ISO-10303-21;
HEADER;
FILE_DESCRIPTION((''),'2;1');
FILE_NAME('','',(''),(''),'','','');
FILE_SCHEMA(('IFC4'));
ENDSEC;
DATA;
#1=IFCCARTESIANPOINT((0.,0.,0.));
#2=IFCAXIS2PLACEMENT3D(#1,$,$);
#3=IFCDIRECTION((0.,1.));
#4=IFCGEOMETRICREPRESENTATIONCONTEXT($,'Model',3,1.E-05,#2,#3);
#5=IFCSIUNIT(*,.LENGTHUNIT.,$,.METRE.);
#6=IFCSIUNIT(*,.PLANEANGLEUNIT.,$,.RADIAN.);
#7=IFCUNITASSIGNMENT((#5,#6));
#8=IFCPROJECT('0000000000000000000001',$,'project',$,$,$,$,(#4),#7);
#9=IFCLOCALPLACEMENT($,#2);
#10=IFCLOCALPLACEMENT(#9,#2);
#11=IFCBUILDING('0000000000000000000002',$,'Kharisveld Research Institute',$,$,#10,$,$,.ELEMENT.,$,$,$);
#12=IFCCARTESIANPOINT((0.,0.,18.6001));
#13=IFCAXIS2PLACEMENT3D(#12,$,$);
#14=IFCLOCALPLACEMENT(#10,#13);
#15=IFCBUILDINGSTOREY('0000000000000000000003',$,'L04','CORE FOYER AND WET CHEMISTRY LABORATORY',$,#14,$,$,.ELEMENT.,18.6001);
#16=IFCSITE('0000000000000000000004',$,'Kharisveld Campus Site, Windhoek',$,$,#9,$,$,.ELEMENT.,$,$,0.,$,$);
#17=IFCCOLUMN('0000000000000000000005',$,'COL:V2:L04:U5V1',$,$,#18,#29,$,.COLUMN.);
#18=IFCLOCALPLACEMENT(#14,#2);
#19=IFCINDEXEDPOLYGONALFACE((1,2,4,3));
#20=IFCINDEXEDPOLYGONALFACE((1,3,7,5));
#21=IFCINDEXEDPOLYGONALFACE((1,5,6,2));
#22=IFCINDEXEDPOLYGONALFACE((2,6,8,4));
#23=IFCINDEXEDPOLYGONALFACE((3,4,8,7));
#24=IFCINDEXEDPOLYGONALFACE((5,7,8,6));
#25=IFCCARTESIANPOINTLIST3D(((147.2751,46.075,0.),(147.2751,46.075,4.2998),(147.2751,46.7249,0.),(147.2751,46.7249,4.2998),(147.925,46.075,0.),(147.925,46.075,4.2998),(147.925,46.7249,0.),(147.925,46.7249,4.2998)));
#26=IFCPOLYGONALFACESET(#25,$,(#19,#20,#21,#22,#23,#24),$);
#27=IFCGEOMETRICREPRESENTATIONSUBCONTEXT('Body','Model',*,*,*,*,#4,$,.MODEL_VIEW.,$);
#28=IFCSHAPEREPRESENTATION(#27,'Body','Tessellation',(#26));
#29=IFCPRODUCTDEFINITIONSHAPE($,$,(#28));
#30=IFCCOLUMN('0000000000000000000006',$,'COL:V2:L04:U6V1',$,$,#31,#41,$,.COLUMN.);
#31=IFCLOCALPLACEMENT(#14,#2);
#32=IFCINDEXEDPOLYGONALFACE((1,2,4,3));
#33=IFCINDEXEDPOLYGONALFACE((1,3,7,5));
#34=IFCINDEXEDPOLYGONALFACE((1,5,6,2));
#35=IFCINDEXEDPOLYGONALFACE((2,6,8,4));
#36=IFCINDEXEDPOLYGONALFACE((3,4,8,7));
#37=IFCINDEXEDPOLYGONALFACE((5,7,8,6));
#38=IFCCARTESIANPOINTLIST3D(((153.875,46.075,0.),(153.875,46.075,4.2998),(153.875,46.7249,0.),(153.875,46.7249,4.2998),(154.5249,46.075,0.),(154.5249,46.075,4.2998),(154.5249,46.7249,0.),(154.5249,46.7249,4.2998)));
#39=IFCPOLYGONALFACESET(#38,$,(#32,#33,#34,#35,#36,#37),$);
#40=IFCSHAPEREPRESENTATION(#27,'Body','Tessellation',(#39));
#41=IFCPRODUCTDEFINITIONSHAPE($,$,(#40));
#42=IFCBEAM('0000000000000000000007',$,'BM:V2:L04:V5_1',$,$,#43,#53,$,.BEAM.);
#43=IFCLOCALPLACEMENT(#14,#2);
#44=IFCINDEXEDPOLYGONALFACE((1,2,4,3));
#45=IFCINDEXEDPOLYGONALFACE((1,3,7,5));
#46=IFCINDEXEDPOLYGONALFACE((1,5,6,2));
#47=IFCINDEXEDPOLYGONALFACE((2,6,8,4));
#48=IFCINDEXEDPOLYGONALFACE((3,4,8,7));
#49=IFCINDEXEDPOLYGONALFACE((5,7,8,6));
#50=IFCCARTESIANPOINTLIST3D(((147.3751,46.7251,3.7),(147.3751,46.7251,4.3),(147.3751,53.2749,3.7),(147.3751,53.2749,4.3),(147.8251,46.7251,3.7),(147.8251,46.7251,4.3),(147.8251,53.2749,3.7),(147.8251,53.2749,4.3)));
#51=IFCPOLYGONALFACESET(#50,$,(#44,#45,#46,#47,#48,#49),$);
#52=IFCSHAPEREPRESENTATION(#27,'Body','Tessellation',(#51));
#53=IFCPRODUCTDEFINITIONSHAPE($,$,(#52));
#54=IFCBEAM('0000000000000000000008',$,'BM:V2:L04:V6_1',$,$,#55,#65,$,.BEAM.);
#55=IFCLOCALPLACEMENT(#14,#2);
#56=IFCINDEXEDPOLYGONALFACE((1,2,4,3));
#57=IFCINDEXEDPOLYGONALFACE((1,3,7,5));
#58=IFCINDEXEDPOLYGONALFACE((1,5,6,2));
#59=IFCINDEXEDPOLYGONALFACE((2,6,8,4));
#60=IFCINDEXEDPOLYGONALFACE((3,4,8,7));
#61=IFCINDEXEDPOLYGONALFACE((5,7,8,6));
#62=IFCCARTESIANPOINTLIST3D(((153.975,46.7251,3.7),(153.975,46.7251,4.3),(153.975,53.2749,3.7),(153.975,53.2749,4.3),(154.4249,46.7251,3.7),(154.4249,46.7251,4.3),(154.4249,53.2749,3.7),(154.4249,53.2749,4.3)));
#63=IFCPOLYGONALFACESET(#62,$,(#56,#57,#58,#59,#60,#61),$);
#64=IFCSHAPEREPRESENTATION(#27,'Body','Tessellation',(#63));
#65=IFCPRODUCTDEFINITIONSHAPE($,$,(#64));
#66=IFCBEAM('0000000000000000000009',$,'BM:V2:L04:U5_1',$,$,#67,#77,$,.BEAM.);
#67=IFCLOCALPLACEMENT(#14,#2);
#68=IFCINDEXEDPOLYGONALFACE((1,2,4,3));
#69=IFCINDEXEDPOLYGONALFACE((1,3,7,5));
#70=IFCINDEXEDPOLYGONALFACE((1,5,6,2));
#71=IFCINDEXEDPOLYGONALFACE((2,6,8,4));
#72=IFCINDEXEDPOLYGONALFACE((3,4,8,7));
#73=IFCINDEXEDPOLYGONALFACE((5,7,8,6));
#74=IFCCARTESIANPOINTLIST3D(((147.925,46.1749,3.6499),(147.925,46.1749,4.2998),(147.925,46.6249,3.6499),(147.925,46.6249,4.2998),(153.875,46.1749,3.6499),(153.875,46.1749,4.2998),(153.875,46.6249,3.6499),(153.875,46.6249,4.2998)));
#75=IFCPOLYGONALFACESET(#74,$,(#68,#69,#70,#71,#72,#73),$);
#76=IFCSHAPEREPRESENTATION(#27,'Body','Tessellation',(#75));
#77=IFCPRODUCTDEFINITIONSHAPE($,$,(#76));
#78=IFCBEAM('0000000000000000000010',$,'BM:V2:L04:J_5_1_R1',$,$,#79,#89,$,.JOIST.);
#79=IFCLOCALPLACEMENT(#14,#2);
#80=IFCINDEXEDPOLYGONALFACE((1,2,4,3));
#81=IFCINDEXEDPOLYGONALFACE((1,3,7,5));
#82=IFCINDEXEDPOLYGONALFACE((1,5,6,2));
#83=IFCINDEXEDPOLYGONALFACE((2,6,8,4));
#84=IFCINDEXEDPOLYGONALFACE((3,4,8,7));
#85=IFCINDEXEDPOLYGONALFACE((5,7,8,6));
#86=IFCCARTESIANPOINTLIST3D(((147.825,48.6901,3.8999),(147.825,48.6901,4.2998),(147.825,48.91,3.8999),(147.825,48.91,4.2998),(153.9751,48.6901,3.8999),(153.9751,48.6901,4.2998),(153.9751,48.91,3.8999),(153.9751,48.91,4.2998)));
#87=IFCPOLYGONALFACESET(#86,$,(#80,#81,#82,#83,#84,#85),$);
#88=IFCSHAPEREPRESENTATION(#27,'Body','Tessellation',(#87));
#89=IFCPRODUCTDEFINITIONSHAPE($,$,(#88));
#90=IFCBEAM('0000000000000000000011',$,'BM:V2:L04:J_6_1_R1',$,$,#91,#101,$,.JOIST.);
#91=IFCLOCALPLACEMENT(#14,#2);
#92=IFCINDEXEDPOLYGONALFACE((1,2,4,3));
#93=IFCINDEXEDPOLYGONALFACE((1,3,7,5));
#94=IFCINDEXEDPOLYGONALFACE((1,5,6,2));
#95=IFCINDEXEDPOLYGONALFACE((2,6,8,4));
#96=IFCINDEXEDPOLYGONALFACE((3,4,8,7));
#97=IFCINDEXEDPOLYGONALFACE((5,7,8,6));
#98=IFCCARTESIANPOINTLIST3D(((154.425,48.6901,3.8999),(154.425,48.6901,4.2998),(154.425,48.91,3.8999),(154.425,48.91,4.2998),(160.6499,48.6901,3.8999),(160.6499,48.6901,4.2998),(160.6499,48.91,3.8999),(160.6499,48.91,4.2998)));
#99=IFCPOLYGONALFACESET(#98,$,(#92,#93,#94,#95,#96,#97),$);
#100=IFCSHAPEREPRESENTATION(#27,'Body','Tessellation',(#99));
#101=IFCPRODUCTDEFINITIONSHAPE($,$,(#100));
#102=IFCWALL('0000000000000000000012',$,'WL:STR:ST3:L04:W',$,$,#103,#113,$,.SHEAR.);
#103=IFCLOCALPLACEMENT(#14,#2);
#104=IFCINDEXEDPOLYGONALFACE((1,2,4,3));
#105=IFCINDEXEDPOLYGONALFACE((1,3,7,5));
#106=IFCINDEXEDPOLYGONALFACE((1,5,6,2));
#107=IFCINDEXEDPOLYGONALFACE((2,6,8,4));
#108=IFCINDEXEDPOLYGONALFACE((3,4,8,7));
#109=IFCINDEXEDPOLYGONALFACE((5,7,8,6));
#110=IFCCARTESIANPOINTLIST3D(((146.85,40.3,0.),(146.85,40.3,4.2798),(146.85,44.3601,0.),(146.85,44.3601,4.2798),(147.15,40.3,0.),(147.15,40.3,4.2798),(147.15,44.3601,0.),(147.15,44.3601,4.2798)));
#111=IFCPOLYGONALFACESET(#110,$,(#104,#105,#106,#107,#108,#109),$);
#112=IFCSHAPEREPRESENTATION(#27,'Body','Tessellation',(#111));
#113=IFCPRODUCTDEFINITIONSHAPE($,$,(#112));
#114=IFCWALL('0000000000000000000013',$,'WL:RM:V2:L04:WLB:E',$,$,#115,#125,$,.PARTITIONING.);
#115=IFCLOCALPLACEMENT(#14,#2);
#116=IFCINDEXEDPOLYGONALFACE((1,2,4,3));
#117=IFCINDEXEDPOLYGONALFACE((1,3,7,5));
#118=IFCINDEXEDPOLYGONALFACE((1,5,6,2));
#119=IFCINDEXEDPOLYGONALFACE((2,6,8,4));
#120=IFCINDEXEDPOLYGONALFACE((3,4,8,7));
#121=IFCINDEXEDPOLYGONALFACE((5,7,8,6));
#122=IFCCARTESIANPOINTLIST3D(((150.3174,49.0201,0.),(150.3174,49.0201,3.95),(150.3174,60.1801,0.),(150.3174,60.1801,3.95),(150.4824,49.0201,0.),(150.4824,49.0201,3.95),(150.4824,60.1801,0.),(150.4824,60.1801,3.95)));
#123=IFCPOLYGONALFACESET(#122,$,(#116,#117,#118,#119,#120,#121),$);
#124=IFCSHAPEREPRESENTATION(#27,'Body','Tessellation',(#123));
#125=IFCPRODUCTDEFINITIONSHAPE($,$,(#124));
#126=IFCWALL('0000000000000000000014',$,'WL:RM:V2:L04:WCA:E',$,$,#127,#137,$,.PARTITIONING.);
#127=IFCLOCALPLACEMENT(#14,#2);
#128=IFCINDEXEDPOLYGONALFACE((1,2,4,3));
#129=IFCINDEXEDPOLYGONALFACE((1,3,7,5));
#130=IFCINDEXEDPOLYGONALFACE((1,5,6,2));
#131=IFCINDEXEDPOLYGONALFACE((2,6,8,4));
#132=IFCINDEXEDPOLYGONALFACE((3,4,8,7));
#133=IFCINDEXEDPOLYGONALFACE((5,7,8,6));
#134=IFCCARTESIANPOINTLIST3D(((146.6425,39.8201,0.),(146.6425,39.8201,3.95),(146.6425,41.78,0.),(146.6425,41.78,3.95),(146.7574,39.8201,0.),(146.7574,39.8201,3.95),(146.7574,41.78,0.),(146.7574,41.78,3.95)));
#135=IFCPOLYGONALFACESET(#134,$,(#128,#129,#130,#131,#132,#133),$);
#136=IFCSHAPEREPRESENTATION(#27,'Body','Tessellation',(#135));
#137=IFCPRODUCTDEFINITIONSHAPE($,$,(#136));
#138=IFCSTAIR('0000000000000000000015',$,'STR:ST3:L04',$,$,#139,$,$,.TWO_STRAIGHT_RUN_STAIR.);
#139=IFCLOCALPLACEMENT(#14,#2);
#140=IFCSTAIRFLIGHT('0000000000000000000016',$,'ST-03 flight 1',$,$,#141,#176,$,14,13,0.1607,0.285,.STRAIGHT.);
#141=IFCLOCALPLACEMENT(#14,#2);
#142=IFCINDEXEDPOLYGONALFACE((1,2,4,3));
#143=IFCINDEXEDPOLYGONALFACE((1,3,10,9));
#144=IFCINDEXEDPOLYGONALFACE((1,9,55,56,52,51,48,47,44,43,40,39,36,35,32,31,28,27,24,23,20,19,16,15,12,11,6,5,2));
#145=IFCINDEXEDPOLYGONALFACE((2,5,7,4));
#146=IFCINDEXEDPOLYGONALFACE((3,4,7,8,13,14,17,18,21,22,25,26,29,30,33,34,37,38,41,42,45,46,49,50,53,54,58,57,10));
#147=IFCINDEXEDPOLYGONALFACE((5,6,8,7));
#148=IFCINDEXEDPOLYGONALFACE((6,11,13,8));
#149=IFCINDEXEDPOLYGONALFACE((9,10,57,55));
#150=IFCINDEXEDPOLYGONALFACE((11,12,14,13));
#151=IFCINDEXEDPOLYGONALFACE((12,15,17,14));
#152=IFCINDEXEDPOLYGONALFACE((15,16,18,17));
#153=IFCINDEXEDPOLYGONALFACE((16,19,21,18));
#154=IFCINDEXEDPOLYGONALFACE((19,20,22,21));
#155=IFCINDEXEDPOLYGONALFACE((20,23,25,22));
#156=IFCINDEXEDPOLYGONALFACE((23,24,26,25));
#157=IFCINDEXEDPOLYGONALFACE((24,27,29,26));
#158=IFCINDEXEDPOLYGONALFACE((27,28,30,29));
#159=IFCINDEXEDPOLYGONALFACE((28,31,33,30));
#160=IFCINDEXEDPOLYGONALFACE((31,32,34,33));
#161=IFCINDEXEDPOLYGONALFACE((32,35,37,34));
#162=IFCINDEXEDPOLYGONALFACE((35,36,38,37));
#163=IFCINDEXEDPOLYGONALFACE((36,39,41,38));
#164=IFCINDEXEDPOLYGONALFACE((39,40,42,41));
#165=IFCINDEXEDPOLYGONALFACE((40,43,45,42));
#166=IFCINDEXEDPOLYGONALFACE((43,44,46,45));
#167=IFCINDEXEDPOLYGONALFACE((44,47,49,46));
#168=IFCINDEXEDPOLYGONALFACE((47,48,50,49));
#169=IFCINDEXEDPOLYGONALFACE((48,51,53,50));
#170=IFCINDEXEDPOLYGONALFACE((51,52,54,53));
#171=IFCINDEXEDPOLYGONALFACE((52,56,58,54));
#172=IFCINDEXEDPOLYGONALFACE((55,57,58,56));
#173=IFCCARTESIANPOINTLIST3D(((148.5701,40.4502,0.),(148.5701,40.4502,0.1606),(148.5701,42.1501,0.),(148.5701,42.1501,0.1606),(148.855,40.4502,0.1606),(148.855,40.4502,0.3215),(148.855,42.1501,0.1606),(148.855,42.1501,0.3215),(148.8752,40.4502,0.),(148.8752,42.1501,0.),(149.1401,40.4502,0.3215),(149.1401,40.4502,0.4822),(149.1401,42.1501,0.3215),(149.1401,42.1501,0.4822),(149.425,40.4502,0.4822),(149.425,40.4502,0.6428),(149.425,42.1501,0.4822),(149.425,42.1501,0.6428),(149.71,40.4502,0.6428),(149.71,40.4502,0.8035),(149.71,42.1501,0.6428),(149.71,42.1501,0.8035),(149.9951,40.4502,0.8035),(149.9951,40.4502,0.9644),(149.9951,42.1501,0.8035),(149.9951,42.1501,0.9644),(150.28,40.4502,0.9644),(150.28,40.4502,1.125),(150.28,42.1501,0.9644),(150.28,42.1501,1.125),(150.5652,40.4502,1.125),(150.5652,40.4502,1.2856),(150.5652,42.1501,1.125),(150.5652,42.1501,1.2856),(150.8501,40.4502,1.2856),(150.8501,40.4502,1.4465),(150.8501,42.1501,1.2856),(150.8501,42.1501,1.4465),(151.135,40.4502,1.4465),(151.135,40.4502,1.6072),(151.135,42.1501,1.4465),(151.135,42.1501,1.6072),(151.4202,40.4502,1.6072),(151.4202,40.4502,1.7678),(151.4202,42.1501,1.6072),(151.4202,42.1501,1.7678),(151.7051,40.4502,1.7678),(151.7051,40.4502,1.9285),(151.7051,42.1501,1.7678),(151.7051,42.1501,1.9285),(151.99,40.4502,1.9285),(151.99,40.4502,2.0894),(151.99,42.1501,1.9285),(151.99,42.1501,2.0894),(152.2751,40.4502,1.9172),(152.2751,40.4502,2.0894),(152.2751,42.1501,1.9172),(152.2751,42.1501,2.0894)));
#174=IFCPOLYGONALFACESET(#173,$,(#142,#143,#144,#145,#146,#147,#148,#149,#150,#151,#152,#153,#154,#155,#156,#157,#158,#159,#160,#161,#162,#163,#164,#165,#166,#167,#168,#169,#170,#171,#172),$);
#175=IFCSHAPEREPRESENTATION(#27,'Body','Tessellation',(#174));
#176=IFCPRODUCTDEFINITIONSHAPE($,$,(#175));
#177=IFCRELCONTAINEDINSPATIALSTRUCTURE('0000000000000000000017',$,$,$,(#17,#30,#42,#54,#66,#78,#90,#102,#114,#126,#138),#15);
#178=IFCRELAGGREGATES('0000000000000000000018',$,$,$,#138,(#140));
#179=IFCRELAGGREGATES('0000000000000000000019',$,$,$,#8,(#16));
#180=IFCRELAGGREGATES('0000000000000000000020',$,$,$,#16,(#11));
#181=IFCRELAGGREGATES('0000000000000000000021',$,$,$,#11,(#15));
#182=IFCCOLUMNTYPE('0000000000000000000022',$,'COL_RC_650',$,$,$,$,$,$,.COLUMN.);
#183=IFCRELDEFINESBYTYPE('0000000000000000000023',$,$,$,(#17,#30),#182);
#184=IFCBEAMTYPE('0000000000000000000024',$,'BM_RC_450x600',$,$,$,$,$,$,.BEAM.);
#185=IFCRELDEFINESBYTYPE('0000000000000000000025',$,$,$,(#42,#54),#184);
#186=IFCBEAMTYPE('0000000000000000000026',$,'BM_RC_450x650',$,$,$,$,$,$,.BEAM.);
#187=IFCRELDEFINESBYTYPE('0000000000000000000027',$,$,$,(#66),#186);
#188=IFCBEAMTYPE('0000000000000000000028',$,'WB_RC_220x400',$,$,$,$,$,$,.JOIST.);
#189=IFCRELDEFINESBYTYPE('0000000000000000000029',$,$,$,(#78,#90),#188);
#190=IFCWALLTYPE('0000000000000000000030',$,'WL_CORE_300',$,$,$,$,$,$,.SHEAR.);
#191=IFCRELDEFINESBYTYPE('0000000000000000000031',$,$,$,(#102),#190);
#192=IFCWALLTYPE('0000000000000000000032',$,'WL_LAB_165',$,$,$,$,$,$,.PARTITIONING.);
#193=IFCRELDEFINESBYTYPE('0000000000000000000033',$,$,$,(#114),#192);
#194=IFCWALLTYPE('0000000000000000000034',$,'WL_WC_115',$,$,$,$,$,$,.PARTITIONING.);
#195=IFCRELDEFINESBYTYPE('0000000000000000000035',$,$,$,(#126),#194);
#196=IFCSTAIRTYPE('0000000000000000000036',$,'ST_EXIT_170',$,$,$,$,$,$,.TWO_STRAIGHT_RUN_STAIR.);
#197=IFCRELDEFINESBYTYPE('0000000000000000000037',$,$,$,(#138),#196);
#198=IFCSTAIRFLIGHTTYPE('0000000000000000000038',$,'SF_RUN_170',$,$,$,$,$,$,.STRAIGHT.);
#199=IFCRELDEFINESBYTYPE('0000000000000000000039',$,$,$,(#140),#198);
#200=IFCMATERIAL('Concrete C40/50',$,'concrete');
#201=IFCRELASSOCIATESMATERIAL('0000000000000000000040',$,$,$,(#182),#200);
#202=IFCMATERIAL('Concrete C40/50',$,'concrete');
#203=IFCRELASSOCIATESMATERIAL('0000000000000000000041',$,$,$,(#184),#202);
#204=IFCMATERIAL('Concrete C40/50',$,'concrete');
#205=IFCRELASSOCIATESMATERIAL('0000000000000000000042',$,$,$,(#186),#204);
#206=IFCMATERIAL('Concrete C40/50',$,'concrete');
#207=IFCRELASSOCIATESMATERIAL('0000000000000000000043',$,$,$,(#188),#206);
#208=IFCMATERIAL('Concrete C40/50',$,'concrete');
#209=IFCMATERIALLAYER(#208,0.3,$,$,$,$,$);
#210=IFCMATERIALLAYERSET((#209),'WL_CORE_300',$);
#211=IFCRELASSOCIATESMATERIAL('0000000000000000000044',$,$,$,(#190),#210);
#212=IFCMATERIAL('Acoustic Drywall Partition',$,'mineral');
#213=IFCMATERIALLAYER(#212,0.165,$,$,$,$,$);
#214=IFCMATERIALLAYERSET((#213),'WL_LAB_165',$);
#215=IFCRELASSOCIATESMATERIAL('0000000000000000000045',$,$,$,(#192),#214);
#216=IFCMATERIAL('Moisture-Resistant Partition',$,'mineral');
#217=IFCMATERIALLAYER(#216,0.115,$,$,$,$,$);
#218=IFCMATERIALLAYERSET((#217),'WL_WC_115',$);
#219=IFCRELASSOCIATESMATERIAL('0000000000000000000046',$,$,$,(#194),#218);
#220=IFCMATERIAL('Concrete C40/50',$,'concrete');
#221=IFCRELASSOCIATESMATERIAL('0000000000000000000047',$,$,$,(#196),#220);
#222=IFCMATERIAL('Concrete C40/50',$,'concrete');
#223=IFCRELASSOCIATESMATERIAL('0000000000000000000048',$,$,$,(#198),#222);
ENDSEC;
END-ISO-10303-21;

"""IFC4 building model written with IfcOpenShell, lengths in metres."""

from ifc_helpers import new_model, si_unit, direction, frame, frame_2d, origin, origin_2d, place, context, subcontext, project, spatial, polyline, rectangle, outline, extrude, material, layer, layer_set, material_profile, profile_set, type_object, element, aggregate, save


model = new_model("IFC4")

# Units and contexts
model_context = context("Model", 3, precision=1e-05, world=origin(), true_north=direction((0.0, 1.0)))
body_context = subcontext(model_context, "Body", "Model", "MODEL_VIEW")
ifc_project = project(units=[si_unit("LENGTHUNIT", "METRE"), si_unit("PLANEANGLEUNIT", "RADIAN")], contexts=[model_context])

# Site, building, storey
site_placement = place(None, origin())
site = spatial("IfcSite", under=ifc_project, at=site_placement, Name="Kharisveld Campus Site, Windhoek", CompositionType="ELEMENT", RefElevation=0.0)
building_placement = place(site_placement, origin())
building = spatial("IfcBuilding", under=site, at=building_placement, Name="Kharisveld Research Institute", CompositionType="ELEMENT")
storey_placement = place(building_placement, frame((0.0, 0.0, 18.6001)))
storey = spatial("IfcBuildingStorey", under=building, at=storey_placement, Name="L04", Description="CORE FOYER AND WET CHEMISTRY LABORATORY", CompositionType="ELEMENT", Elevation=18.6001)

# Columns
ifc_material_1 = material(Name="Concrete C40/50", Category="concrete")
ifc_material_profile_1 = material_profile(ifc_material_1, rectangle(XDim=0.6499, YDim=0.6499, at=origin_2d()))
ifc_profile_set_1 = profile_set([ifc_material_profile_1], Name="Concrete C40/50")
column_type = type_object("IfcColumnType", Name="COL_RC_650", PredefinedType="COLUMN", material=ifc_profile_set_1)
for number, where, z_axis, x_axis, name in (
    (1, (147.6001, 46.3999, 0.0), (0.0, 0.0, 1.0), (1.0, 0.0, 0.0), "COL:V2:L04:U5V1"),
    (2, (154.2, 46.3999, 0.0), (0.0, 0.0, 1.0), (1.0, 0.0, 0.0), "COL:V2:L04:U6V1"),
):
    element("IfcColumn", number, at=place(storey_placement, frame(where, z_axis=z_axis, x_axis=x_axis)), inside=storey, type_object=column_type, Name=name, PredefinedType="COLUMN", context=body_context, shape_type="SweptSolid", body=[
        extrude(rectangle(XDim=0.6499, YDim=0.6499, at=origin_2d()), origin(), (0.0, 0.0, 1.0), 4.2998),
    ])

# Beams
ifc_material_2 = material(Name="Concrete C40/50", Category="concrete")
ifc_material_profile_2 = material_profile(ifc_material_2, rectangle(XDim=0.45, YDim=0.6001, at=origin_2d()))
ifc_profile_set_2 = profile_set([ifc_material_profile_2], Name="Concrete C40/50")
beam_type_1 = type_object("IfcBeamType", Name="BM_RC_450x600", PredefinedType="BEAM", material=ifc_profile_set_2)
for number, where, z_axis, x_axis, name in (
    (3, (147.6001, 46.7251, 4.0), (0.0, 1.0, 0.0), (-1.0, 0.0, 0.0), "BM:V2:L04:V5_1"),
    (4, (154.2, 46.7251, 4.0), (0.0, 1.0, 0.0), (-1.0, 0.0, 0.0), "BM:V2:L04:V6_1"),
):
    element("IfcBeam", number, at=place(storey_placement, frame(where, z_axis=z_axis, x_axis=x_axis)), inside=storey, type_object=beam_type_1, Name=name, PredefinedType="BEAM", context=body_context, shape_type="SweptSolid", body=[
        extrude(rectangle(XDim=0.45, YDim=0.6001, at=origin_2d()), origin(), (0.0, 0.0, 1.0), 6.5498),
    ])
ifc_material_3 = material(Name="Concrete C40/50", Category="concrete")
ifc_material_profile_3 = material_profile(ifc_material_3, rectangle(XDim=0.45, YDim=0.6499, at=origin_2d()))
ifc_profile_set_3 = profile_set([ifc_material_profile_3], Name="Concrete C40/50")
beam_type_2 = type_object("IfcBeamType", Name="BM_RC_450x650", PredefinedType="BEAM", material=ifc_profile_set_3)
beam_1_placement = place(storey_placement, frame((147.925, 46.3999, 3.9749), z_axis=(1.0, 0.0, 0.0), x_axis=(0.0, 1.0, 0.0)))
element("IfcBeam", 5, at=beam_1_placement, inside=storey, type_object=beam_type_2, Name="BM:V2:L04:U5_1", PredefinedType="BEAM", context=body_context, shape_type="SweptSolid", body=[
    extrude(rectangle(XDim=0.45, YDim=0.6499, at=origin_2d()), origin(), (0.0, 0.0, 1.0), 5.95),
])
ifc_material_4 = material(Name="Concrete C40/50", Category="concrete")
ifc_material_profile_4 = material_profile(ifc_material_4, rectangle(XDim=0.22, YDim=0.3999, at=origin_2d()))
ifc_profile_set_4 = profile_set([ifc_material_profile_4], Name="Concrete C40/50")
beam_type_3 = type_object("IfcBeamType", Name="WB_RC_220x400", PredefinedType="JOIST", material=ifc_profile_set_4)
beam_2_placement = place(storey_placement, frame((147.825, 48.8, 4.0999), z_axis=(1.0, 0.0, 0.0), x_axis=(0.0, 1.0, 0.0)))
element("IfcBeam", 6, at=beam_2_placement, inside=storey, type_object=beam_type_3, Name="BM:V2:L04:J_5_1_R1", PredefinedType="JOIST", context=body_context, shape_type="SweptSolid", body=[
    extrude(rectangle(XDim=0.22, YDim=0.3999, at=origin_2d()), origin(), (0.0, 0.0, 1.0), 6.1501),
])
beam_3_placement = place(storey_placement, frame((154.425, 48.8, 4.0999), z_axis=(1.0, 0.0, 0.0), x_axis=(0.0, 1.0, 0.0)))
element("IfcBeam", 7, at=beam_3_placement, inside=storey, type_object=beam_type_3, Name="BM:V2:L04:J_6_1_R1", PredefinedType="JOIST", context=body_context, shape_type="SweptSolid", body=[
    extrude(rectangle(XDim=0.22, YDim=0.3999, at=origin_2d()), origin(), (0.0, 0.0, 1.0), 6.2249),
])

# Wall
ifc_material_5 = material(Name="Concrete C40/50", Category="concrete")
ifc_layer_1 = layer(ifc_material_5, 0.3)
ifc_layer_set_1 = layer_set([ifc_layer_1], Name="WL_CORE_300")
wall_type_1 = type_object("IfcWallType", Name="WL_CORE_300", PredefinedType="SHEAR", material=ifc_layer_set_1)
wall_1_placement = place(storey_placement, frame((147.0, 40.3, 0.0), z_axis=(0.0, 0.0, 1.0), x_axis=(0.0, 1.0, 0.0)))
element("IfcWall", 8, at=wall_1_placement, inside=storey, type_object=wall_type_1, Name="WL:STR:ST3:L04:W", PredefinedType="SHEAR", context=body_context, shape_type="SweptSolid", body=[
    extrude(rectangle(XDim=4.0601, YDim=0.3, at=frame_2d((2.03, 0.0))), origin(), (0.0, 0.0, 1.0), 4.2798),
])

# Wall
ifc_material_6 = material(Name="Acoustic Drywall Partition", Category="mineral")
ifc_layer_2 = layer(ifc_material_6, 0.165)
ifc_layer_set_2 = layer_set([ifc_layer_2], Name="WL_LAB_165")
wall_type_2 = type_object("IfcWallType", Name="WL_LAB_165", PredefinedType="PARTITIONING", material=ifc_layer_set_2)
wall_2_placement = place(storey_placement, frame((150.3999, 49.02, 0.0), z_axis=(0.0, 0.0, 1.0), x_axis=(0.0, 1.0, 0.0)))
element("IfcWall", 9, at=wall_2_placement, inside=storey, type_object=wall_type_2, Name="WL:RM:V2:L04:WLB:E", PredefinedType="PARTITIONING", context=body_context, shape_type="SweptSolid", body=[
    extrude(rectangle(XDim=11.1599, YDim=0.165, at=frame_2d((5.5801, 0.0))), origin(), (0.0, 0.0, 1.0), 3.95),
])

# Wall
ifc_material_7 = material(Name="Moisture-Resistant Partition", Category="mineral")
ifc_layer_3 = layer(ifc_material_7, 0.115)
ifc_layer_set_3 = layer_set([ifc_layer_3], Name="WL_WC_115")
wall_type_3 = type_object("IfcWallType", Name="WL_WC_115", PredefinedType="PARTITIONING", material=ifc_layer_set_3)
wall_3_placement = place(storey_placement, frame((146.7, 39.8201, 0.0), z_axis=(0.0, 0.0, 1.0), x_axis=(0.0, 1.0, 0.0)))
element("IfcWall", 10, at=wall_3_placement, inside=storey, type_object=wall_type_3, Name="WL:RM:V2:L04:WCA:E", PredefinedType="PARTITIONING", context=body_context, shape_type="SweptSolid", body=[
    extrude(rectangle(XDim=1.96, YDim=0.115, at=frame_2d((0.98, 0.0))), origin(), (0.0, 0.0, 1.0), 3.95),
])

# Stair, stair flight
ifc_material_8 = material(Name="Concrete C40/50", Category="concrete")
stair_type = type_object("IfcStairType", Name="ST_EXIT_170", PredefinedType="TWO_STRAIGHT_RUN_STAIR", material=ifc_material_8)
stair_placement = place(storey_placement, origin())
stair = element("IfcStair", 11, at=stair_placement, inside=storey, type_object=stair_type, Name="STR:ST3:L04", PredefinedType="TWO_STRAIGHT_RUN_STAIR")
ifc_material_9 = material(Name="Concrete C40/50", Category="concrete")
stair_flight_type = type_object("IfcStairFlightType", Name="SF_RUN_170", PredefinedType="STRAIGHT", material=ifc_material_9)
stair_flight_1_placement = place(storey_placement, frame((148.5701, 41.3, 0.0), z_axis=(0.0, 0.0, 1.0), x_axis=(1.0, 0.0, 0.0)))
stair_flight_1 = element("IfcStairFlight", 12, at=stair_flight_1_placement, type_object=stair_flight_type, Name="ST-03 flight 1", NumberOfRisers=14, NumberOfTreads=13, PredefinedType="STRAIGHT", RiserHeight=0.1607, TreadLength=0.285, context=body_context, shape_type="SweptSolid", body=[
    extrude(outline(polyline([(0.0, 0.0), (0.0, 0.1606), (0.2849, 0.1606), (0.2849, 0.3215), (0.5701, 0.3215), (0.5701, 0.4822), (0.855, 0.4822), (0.855, 0.6428), (1.1399, 0.6428), (1.1399, 0.8035), (1.425, 0.8035), (1.425, 0.9644), (1.71, 0.9644), (1.71, 1.125), (1.9951, 1.125), (1.9951, 1.2856), (2.28, 1.2856), (2.28, 1.4465), (2.5649, 1.4465), (2.5649, 1.6072), (2.8501, 1.6072), (2.8501, 1.7678), (3.135, 1.7678), (3.135, 1.9285), (3.4199, 1.9285), (3.4199, 2.0894), (3.7051, 2.0894), (3.7051, 2.25), (3.7051, 1.9172), (0.3052, 0.0), (0.0, 0.0)])), frame((0.0, 0.8501, 0.0), z_axis=(0.0, -1.0, 0.0), x_axis=(1.0, 0.0, 0.0)), (0.0, 0.0, 1.0), 1.7),
])
aggregate(stair, [stair_flight_1])

save(model, "model.ifc")
